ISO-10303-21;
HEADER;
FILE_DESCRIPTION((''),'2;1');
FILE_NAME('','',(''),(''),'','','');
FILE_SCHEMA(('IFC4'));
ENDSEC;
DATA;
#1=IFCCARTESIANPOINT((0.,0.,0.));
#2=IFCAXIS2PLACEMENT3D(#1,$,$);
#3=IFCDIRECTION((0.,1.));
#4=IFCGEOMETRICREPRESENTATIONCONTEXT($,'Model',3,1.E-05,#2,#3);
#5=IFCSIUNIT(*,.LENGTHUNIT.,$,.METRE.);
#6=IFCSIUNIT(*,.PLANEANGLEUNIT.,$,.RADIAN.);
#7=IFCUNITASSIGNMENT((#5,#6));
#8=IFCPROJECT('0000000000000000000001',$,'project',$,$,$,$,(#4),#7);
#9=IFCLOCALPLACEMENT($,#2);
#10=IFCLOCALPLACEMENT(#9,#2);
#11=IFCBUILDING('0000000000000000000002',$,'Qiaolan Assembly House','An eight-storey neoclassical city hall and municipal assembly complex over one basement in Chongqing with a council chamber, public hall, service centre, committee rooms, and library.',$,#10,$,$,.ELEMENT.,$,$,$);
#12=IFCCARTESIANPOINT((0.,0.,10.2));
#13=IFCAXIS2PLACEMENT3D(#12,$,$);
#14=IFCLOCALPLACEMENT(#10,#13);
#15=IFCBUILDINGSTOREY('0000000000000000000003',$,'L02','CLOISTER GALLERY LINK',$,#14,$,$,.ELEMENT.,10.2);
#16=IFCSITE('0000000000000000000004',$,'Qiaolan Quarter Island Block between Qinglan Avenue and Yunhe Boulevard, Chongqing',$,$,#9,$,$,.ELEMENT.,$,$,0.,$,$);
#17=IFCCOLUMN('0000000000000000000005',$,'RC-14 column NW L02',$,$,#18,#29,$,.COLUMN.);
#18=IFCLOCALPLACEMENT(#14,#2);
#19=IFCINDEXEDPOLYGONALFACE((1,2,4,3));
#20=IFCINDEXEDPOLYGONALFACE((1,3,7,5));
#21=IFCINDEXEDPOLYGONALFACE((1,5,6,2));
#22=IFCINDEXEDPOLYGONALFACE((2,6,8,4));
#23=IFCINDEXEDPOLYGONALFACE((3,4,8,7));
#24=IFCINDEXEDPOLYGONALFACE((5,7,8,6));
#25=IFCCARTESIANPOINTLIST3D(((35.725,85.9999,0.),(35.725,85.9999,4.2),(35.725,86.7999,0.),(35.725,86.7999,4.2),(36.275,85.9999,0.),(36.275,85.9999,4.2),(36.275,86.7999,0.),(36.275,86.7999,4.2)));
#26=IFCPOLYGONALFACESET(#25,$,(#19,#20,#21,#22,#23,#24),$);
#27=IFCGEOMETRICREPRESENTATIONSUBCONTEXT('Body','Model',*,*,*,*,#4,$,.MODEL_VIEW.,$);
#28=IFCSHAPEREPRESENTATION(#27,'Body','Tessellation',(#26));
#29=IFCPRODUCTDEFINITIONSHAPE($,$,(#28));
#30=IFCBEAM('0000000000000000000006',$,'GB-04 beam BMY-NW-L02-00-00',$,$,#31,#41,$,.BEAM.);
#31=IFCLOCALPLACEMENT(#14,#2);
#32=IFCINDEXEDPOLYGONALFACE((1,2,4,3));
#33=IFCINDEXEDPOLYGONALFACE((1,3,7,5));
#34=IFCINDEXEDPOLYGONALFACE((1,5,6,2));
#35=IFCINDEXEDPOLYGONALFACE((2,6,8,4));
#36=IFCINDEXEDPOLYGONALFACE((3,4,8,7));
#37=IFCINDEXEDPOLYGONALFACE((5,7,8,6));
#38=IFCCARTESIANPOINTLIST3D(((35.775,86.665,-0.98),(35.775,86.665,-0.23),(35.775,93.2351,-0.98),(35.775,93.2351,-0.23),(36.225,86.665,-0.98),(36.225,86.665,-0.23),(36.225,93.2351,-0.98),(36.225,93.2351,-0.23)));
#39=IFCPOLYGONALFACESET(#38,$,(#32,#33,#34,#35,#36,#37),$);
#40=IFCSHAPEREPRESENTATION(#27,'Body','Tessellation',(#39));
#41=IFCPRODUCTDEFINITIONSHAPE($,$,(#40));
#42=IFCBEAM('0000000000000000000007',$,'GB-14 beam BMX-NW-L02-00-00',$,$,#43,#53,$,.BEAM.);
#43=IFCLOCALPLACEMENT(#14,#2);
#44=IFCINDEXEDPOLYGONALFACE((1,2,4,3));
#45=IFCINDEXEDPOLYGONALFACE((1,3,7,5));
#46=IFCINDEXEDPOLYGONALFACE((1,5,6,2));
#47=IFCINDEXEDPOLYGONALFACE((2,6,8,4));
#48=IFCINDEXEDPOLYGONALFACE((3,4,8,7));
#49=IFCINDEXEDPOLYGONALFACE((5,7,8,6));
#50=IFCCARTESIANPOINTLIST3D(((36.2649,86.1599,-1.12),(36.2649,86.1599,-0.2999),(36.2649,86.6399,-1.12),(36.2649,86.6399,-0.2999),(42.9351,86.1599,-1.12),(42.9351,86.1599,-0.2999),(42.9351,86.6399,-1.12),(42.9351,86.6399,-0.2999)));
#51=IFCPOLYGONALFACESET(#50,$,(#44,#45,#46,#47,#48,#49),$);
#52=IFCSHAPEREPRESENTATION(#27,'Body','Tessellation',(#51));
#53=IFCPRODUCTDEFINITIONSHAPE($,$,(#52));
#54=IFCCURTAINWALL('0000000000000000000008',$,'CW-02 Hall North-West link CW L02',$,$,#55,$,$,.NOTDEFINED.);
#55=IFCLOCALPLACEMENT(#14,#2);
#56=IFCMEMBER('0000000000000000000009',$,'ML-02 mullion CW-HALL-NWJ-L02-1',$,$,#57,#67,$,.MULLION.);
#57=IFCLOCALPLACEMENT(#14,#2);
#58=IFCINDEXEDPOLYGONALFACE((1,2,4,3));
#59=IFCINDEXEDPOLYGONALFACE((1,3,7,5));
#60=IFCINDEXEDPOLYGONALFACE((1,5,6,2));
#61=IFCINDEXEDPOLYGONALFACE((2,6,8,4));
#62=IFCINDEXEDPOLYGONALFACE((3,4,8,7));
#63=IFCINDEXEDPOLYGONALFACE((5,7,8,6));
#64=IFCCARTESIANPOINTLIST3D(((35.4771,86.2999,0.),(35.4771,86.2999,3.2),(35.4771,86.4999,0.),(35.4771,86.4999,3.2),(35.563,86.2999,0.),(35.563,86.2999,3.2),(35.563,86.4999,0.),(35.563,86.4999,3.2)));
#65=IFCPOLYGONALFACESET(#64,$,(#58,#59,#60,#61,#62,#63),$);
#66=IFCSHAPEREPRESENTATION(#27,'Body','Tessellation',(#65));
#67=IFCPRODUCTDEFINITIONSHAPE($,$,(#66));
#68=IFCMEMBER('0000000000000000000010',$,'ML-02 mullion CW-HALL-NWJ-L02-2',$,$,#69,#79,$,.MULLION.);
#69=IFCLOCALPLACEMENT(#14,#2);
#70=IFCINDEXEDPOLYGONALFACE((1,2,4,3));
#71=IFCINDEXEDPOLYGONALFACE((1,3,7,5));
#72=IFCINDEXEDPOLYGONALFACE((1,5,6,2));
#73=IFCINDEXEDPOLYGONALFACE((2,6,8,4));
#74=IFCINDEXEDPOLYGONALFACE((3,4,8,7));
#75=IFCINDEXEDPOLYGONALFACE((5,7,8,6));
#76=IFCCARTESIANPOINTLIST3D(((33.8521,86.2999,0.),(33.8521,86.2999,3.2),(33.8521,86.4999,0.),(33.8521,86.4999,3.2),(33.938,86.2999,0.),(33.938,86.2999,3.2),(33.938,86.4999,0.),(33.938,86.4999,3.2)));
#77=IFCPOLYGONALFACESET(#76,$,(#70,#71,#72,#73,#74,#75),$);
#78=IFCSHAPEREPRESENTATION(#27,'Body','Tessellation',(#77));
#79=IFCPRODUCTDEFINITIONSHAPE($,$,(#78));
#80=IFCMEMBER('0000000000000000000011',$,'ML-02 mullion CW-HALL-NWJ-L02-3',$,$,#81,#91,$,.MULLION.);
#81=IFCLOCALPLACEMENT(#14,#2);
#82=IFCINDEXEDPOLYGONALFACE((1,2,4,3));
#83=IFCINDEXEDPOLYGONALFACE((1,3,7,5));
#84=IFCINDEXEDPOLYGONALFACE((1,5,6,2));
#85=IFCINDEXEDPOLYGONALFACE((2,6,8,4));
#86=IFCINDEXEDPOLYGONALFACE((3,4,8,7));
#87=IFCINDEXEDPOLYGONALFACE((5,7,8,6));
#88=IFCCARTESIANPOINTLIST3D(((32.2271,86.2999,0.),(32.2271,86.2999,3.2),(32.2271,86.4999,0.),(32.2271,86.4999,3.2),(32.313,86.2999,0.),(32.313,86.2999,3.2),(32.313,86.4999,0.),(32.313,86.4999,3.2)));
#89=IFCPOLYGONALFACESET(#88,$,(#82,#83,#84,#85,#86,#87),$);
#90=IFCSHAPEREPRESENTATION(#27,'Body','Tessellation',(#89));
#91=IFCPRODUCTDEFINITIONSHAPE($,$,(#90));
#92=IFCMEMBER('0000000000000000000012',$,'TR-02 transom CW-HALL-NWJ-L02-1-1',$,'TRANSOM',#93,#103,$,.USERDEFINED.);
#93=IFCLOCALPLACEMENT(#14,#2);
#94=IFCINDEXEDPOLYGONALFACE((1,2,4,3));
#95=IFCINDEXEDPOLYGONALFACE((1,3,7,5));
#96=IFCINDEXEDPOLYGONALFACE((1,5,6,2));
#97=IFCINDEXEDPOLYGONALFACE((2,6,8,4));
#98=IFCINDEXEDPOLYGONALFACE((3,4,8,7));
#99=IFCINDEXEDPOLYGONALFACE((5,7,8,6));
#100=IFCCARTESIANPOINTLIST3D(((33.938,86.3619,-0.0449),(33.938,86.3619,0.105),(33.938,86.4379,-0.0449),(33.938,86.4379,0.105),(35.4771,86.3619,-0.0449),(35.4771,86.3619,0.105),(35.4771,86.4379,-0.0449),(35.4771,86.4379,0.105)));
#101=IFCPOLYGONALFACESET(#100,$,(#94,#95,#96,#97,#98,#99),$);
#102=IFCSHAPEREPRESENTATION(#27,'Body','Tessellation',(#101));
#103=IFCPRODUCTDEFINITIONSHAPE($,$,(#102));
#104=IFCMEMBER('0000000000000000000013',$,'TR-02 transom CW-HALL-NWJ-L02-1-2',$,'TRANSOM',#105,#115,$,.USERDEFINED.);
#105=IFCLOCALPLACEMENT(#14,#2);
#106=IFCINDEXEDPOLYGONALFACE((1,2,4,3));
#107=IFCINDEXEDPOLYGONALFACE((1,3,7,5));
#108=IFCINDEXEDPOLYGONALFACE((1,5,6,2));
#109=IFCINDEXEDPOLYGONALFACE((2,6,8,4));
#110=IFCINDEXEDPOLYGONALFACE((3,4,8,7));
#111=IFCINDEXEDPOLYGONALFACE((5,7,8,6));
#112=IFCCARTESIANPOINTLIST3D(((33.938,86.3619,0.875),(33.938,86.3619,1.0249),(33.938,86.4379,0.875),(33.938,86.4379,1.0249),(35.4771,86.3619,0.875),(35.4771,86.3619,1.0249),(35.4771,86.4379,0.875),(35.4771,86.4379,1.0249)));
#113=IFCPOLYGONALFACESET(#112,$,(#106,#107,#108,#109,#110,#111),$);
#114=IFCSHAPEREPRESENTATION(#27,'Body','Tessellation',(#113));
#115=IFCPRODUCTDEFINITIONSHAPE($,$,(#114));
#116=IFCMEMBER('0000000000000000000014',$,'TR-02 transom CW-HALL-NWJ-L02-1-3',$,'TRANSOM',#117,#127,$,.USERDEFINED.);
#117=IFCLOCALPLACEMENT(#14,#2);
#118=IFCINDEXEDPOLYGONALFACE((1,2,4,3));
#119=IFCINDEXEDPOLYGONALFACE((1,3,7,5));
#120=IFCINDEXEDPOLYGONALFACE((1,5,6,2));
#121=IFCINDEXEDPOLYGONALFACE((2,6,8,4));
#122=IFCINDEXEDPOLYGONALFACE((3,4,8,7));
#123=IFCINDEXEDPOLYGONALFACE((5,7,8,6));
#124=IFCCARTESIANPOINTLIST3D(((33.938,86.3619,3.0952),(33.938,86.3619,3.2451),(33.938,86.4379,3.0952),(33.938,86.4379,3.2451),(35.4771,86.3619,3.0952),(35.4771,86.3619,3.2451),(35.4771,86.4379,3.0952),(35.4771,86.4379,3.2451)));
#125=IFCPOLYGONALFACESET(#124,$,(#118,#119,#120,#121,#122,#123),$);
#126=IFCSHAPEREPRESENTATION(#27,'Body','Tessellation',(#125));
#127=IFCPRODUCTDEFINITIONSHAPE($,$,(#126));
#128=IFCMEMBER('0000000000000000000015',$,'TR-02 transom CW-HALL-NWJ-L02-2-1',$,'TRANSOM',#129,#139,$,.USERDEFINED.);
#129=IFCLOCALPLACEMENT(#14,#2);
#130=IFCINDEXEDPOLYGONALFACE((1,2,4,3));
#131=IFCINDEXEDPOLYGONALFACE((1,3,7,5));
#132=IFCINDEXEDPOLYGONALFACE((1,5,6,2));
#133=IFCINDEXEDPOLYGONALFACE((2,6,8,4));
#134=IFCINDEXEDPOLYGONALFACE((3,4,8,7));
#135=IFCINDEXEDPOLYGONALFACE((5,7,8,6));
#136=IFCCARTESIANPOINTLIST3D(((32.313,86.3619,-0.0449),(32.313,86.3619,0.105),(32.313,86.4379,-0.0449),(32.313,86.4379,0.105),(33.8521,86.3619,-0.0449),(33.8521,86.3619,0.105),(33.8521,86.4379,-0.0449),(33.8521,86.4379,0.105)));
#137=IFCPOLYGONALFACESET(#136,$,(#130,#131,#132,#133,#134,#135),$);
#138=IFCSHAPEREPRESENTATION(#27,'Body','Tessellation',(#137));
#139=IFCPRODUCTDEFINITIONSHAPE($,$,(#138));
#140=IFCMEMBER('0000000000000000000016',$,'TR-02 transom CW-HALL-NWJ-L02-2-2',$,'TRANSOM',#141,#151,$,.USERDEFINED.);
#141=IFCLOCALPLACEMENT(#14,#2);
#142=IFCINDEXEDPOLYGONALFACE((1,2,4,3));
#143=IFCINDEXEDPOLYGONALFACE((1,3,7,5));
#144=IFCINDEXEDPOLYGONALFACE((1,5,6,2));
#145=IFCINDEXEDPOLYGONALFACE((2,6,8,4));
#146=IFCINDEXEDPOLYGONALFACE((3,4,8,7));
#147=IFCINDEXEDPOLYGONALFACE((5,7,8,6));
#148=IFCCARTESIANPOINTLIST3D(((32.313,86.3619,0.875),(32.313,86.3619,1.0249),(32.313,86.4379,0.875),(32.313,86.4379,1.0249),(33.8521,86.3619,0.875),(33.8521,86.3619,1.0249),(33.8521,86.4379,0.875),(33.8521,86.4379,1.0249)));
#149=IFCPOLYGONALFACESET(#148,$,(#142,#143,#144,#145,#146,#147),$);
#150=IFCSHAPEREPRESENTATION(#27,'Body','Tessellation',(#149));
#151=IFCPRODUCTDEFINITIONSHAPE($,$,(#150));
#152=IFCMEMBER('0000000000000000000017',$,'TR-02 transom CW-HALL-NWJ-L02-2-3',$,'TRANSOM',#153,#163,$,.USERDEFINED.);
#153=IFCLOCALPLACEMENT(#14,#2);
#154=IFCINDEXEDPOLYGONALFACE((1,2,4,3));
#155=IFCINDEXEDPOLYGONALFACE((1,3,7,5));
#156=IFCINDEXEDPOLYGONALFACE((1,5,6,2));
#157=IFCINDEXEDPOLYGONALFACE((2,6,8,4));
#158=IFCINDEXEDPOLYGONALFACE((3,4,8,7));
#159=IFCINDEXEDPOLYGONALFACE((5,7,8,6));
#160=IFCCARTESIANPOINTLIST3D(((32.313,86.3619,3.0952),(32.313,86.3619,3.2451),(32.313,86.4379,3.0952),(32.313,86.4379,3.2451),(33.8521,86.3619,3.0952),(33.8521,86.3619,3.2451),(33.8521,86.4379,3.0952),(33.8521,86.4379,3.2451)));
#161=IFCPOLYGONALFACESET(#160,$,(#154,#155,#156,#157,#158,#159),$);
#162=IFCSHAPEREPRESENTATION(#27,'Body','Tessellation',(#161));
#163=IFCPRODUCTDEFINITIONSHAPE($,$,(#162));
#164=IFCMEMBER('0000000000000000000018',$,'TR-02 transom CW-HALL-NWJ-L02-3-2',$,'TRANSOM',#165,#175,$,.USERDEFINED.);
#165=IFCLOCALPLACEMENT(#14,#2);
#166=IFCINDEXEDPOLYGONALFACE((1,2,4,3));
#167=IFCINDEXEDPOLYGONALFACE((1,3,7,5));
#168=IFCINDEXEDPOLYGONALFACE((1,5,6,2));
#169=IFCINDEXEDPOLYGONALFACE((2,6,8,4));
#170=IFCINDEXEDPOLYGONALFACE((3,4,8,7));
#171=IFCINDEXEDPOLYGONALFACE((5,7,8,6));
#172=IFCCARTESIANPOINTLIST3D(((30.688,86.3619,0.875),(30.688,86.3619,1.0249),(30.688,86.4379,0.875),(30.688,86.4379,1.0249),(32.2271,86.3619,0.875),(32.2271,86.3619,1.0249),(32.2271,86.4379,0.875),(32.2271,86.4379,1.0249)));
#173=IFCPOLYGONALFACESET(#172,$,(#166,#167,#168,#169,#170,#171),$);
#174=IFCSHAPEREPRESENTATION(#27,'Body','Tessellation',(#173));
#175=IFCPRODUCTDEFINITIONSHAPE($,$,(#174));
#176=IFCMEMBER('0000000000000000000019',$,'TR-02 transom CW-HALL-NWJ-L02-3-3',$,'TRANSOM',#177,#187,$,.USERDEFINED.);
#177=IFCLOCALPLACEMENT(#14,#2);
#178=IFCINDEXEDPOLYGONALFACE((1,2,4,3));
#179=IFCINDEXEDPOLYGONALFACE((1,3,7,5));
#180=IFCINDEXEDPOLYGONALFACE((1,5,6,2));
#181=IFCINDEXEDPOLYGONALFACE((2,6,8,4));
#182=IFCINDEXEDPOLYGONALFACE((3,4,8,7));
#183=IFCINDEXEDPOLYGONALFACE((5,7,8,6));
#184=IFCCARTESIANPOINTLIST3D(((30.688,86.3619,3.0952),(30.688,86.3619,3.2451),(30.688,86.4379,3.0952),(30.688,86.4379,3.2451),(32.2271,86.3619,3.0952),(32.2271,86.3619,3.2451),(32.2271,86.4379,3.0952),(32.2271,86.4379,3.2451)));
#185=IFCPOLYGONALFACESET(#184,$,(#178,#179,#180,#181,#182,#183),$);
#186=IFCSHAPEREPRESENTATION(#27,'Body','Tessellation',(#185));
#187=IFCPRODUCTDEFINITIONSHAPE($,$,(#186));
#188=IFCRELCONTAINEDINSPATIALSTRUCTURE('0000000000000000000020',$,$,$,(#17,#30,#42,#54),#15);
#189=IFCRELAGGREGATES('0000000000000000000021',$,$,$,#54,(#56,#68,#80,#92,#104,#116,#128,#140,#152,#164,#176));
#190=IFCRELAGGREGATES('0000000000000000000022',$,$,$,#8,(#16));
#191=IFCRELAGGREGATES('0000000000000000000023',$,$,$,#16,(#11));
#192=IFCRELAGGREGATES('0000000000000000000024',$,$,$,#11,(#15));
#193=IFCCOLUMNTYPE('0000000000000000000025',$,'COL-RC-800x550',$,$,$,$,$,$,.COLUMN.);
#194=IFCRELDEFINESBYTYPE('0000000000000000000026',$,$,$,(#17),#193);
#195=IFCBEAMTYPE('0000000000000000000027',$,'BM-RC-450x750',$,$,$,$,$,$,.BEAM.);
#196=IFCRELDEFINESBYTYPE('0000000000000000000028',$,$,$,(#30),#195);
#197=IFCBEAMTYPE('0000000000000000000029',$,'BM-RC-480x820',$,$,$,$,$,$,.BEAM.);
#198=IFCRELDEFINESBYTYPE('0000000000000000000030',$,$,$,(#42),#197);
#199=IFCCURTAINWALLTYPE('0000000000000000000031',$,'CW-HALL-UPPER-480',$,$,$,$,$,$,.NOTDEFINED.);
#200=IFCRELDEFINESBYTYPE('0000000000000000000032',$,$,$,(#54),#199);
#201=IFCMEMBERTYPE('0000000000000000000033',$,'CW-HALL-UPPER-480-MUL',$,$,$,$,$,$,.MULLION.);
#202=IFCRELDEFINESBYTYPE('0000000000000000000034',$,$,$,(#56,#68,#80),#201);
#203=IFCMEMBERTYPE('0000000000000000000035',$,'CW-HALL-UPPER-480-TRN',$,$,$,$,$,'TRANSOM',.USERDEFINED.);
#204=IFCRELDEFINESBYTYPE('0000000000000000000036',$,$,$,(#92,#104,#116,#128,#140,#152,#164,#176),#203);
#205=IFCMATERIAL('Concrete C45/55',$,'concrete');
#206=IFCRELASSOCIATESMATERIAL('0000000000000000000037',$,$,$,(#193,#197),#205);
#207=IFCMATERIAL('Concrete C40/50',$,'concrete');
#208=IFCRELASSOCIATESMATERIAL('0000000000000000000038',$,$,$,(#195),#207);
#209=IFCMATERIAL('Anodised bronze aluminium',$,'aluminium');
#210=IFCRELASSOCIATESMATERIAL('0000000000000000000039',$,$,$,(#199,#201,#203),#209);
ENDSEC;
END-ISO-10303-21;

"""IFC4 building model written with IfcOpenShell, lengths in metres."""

from ifc_helpers import new_model, si_unit, direction, frame, origin, origin_2d, place, context, subcontext, project, spatial, rectangle, extrude, material, material_profile, profile_set, type_object, element, aggregate, save


model = new_model("IFC4")

# Units and contexts
model_context = context("Model", 3, precision=1e-05, world=origin(), true_north=direction((0.0, 1.0)))
body_context = subcontext(model_context, "Body", "Model", "MODEL_VIEW")
ifc_project = project(units=[si_unit("LENGTHUNIT", "METRE"), si_unit("PLANEANGLEUNIT", "RADIAN")], contexts=[model_context])

# Site, building, storey
site_placement = place(None, origin())
site = spatial("IfcSite", under=ifc_project, at=site_placement, Name="Qiaolan Quarter Island Block between Qinglan Avenue and Yunhe Boulevard, Chongqing", CompositionType="ELEMENT", RefElevation=0.0)
building_placement = place(site_placement, origin())
building = spatial("IfcBuilding", under=site, at=building_placement, Name="Qiaolan Assembly House", Description="An eight-storey neoclassical city hall and municipal assembly complex over one basement in Chongqing with a council chamber, public hall, service centre, committee rooms, and library.", CompositionType="ELEMENT")
storey_placement = place(building_placement, frame((0.0, 0.0, 10.2)))
storey = spatial("IfcBuildingStorey", under=building, at=storey_placement, Name="L02", Description="CLOISTER GALLERY LINK", CompositionType="ELEMENT", Elevation=10.2)

# Column
ifc_material_1 = material(Name="Concrete C45/55", Category="concrete")
ifc_material_profile_1 = material_profile(ifc_material_1, rectangle(XDim=0.55, YDim=0.8, at=origin_2d()), Name="RC 800x550")
ifc_profile_set_1 = profile_set([ifc_material_profile_1], Name="Concrete C45/55")
column_type = type_object("IfcColumnType", Name="COL-RC-800x550", PredefinedType="COLUMN", material=ifc_profile_set_1)
column_placement = place(storey_placement, frame((36.0, 86.3999, 0.0), z_axis=(0.0, 0.0, 1.0), x_axis=(1.0, 0.0, 0.0)))
element("IfcColumn", 1, at=column_placement, inside=storey, type_object=column_type, Name="RC-14 column NW L02", PredefinedType="COLUMN", context=body_context, shape_type="SweptSolid", body=[
    extrude(rectangle(XDim=0.55, YDim=0.8, at=origin_2d()), origin(), (0.0, 0.0, 1.0), 4.2),
])

# Beams
ifc_material_2 = material(Name="Concrete C40/50", Category="concrete")
ifc_material_profile_2 = material_profile(ifc_material_2, rectangle(XDim=0.45, YDim=0.75, at=origin_2d()), Name="RCB 450x750")
ifc_profile_set_2 = profile_set([ifc_material_profile_2], Name="Concrete C40/50")
beam_type_1 = type_object("IfcBeamType", Name="BM-RC-450x750", PredefinedType="BEAM", material=ifc_profile_set_2)
beam_1_placement = place(storey_placement, frame((36.0, 86.665, -0.605), z_axis=(0.0, 1.0, 0.0), x_axis=(-1.0, 0.0, 0.0)))
element("IfcBeam", 2, at=beam_1_placement, inside=storey, type_object=beam_type_1, Name="GB-04 beam BMY-NW-L02-00-00", PredefinedType="BEAM", context=body_context, shape_type="SweptSolid", body=[
    extrude(rectangle(XDim=0.45, YDim=0.75, at=origin_2d()), origin(), (0.0, 0.0, 1.0), 6.5701),
])
ifc_material_profile_3 = material_profile(ifc_material_1, rectangle(XDim=0.48, YDim=0.8201, at=origin_2d()), Name="RCB 480x820")
ifc_profile_set_3 = profile_set([ifc_material_profile_3], Name="Concrete C45/55")
beam_type_2 = type_object("IfcBeamType", Name="BM-RC-480x820", PredefinedType="BEAM", material=ifc_profile_set_3)
beam_2_placement = place(storey_placement, frame((36.2649, 86.3999, -0.71), z_axis=(1.0, 0.0, 0.0), x_axis=(0.0, 1.0, 0.0)))
element("IfcBeam", 3, at=beam_2_placement, inside=storey, type_object=beam_type_2, Name="GB-14 beam BMX-NW-L02-00-00", PredefinedType="BEAM", context=body_context, shape_type="SweptSolid", body=[
    extrude(rectangle(XDim=0.48, YDim=0.8201, at=origin_2d()), origin(), (0.0, 0.0, 1.0), 6.6702),
])

# Curtain wall, members
ifc_material_3 = material(Name="Anodised bronze aluminium", Category="aluminium")
curtain_wall_type = type_object("IfcCurtainWallType", Name="CW-HALL-UPPER-480", PredefinedType="NOTDEFINED", material=ifc_material_3)
curtain_wall_placement = place(storey_placement, origin())
curtain_wall = element("IfcCurtainWall", 4, at=curtain_wall_placement, inside=storey, type_object=curtain_wall_type, Name="CW-02 Hall North-West link CW L02", PredefinedType="NOTDEFINED")
ifc_material_profile_4 = material_profile(ifc_material_3, rectangle(XDim=0.0859, YDim=0.2, at=origin_2d()), Name="MUL 86x200")
ifc_profile_set_4 = profile_set([ifc_material_profile_4], Name="Anodised bronze aluminium")
member_type_1 = type_object("IfcMemberType", Name="CW-HALL-UPPER-480-MUL", PredefinedType="MULLION", material=ifc_profile_set_4)
member_1_placement = place(storey_placement, frame((35.52, 86.3999, 0.0), z_axis=(0.0, 0.0, 1.0), x_axis=(-1.0, 0.0, 0.0)))
member_1 = element("IfcMember", 5, at=member_1_placement, type_object=member_type_1, Name="ML-02 mullion CW-HALL-NWJ-L02-1", PredefinedType="MULLION", context=body_context, shape_type="SweptSolid", body=[
    extrude(rectangle(XDim=0.0859, YDim=0.2, at=origin_2d()), origin(), (0.0, 0.0, 1.0), 3.2),
])
member_2_placement = place(storey_placement, frame((33.895, 86.3999, 0.0), z_axis=(0.0, 0.0, 1.0), x_axis=(-1.0, 0.0, 0.0)))
member_2 = element("IfcMember", 6, at=member_2_placement, type_object=member_type_1, Name="ML-02 mullion CW-HALL-NWJ-L02-2", PredefinedType="MULLION", context=body_context, shape_type="SweptSolid", body=[
    extrude(rectangle(XDim=0.0859, YDim=0.2, at=origin_2d()), origin(), (0.0, 0.0, 1.0), 3.2),
])
member_3_placement = place(storey_placement, frame((32.27, 86.3999, 0.0), z_axis=(0.0, 0.0, 1.0), x_axis=(-1.0, 0.0, 0.0)))
member_3 = element("IfcMember", 7, at=member_3_placement, type_object=member_type_1, Name="ML-02 mullion CW-HALL-NWJ-L02-3", PredefinedType="MULLION", context=body_context, shape_type="SweptSolid", body=[
    extrude(rectangle(XDim=0.0859, YDim=0.2, at=origin_2d()), origin(), (0.0, 0.0, 1.0), 3.2),
])
ifc_material_profile_5 = material_profile(ifc_material_3, rectangle(XDim=0.0759, YDim=0.1499, at=origin_2d()), Name="TRN 76x150")
ifc_profile_set_5 = profile_set([ifc_material_profile_5], Name="Anodised bronze aluminium")
member_type_2 = type_object("IfcMemberType", Name="CW-HALL-UPPER-480-TRN", ElementType="TRANSOM", PredefinedType="USERDEFINED", material=ifc_profile_set_5)
member_4_placement = place(storey_placement, frame((35.4771, 86.3999, 0.03), z_axis=(-1.0, 0.0, 0.0), x_axis=(0.0, -1.0, 0.0)))
member_4 = element("IfcMember", 8, at=member_4_placement, type_object=member_type_2, Name="TR-02 transom CW-HALL-NWJ-L02-1-1", ObjectType="TRANSOM", PredefinedType="USERDEFINED", context=body_context, shape_type="SweptSolid", body=[
    extrude(rectangle(XDim=0.0759, YDim=0.1499, at=origin_2d()), origin(), (0.0, 0.0, 1.0), 1.5391),
])
member_5_placement = place(storey_placement, frame((35.4771, 86.3999, 0.95), z_axis=(-1.0, 0.0, 0.0), x_axis=(0.0, -1.0, 0.0)))
member_5 = element("IfcMember", 9, at=member_5_placement, type_object=member_type_2, Name="TR-02 transom CW-HALL-NWJ-L02-1-2", ObjectType="TRANSOM", PredefinedType="USERDEFINED", context=body_context, shape_type="SweptSolid", body=[
    extrude(rectangle(XDim=0.0759, YDim=0.1499, at=origin_2d()), origin(), (0.0, 0.0, 1.0), 1.5391),
])
member_6_placement = place(storey_placement, frame((35.4771, 86.3999, 3.1702), z_axis=(-1.0, 0.0, 0.0), x_axis=(0.0, -1.0, 0.0)))
member_6 = element("IfcMember", 10, at=member_6_placement, type_object=member_type_2, Name="TR-02 transom CW-HALL-NWJ-L02-1-3", ObjectType="TRANSOM", PredefinedType="USERDEFINED", context=body_context, shape_type="SweptSolid", body=[
    extrude(rectangle(XDim=0.0759, YDim=0.1499, at=origin_2d()), origin(), (0.0, 0.0, 1.0), 1.5391),
])
member_7_placement = place(storey_placement, frame((33.8521, 86.3999, 0.03), z_axis=(-1.0, 0.0, 0.0), x_axis=(0.0, -1.0, 0.0)))
member_7 = element("IfcMember", 11, at=member_7_placement, type_object=member_type_2, Name="TR-02 transom CW-HALL-NWJ-L02-2-1", ObjectType="TRANSOM", PredefinedType="USERDEFINED", context=body_context, shape_type="SweptSolid", body=[
    extrude(rectangle(XDim=0.0759, YDim=0.1499, at=origin_2d()), origin(), (0.0, 0.0, 1.0), 1.5391),
])
member_8_placement = place(storey_placement, frame((33.8521, 86.3999, 0.95), z_axis=(-1.0, 0.0, 0.0), x_axis=(0.0, -1.0, 0.0)))
member_8 = element("IfcMember", 12, at=member_8_placement, type_object=member_type_2, Name="TR-02 transom CW-HALL-NWJ-L02-2-2", ObjectType="TRANSOM", PredefinedType="USERDEFINED", context=body_context, shape_type="SweptSolid", body=[
    extrude(rectangle(XDim=0.0759, YDim=0.1499, at=origin_2d()), origin(), (0.0, 0.0, 1.0), 1.5391),
])
member_9_placement = place(storey_placement, frame((33.8521, 86.3999, 3.1702), z_axis=(-1.0, 0.0, 0.0), x_axis=(0.0, -1.0, 0.0)))
member_9 = element("IfcMember", 13, at=member_9_placement, type_object=member_type_2, Name="TR-02 transom CW-HALL-NWJ-L02-2-3", ObjectType="TRANSOM", PredefinedType="USERDEFINED", context=body_context, shape_type="SweptSolid", body=[
    extrude(rectangle(XDim=0.0759, YDim=0.1499, at=origin_2d()), origin(), (0.0, 0.0, 1.0), 1.5391),
])
member_10_placement = place(storey_placement, frame((32.2271, 86.3999, 0.95), z_axis=(-1.0, 0.0, 0.0), x_axis=(0.0, -1.0, 0.0)))
member_10 = element("IfcMember", 14, at=member_10_placement, type_object=member_type_2, Name="TR-02 transom CW-HALL-NWJ-L02-3-2", ObjectType="TRANSOM", PredefinedType="USERDEFINED", context=body_context, shape_type="SweptSolid", body=[
    extrude(rectangle(XDim=0.0759, YDim=0.1499, at=origin_2d()), origin(), (0.0, 0.0, 1.0), 1.5391),
])
member_11_placement = place(storey_placement, frame((32.2271, 86.3999, 3.1702), z_axis=(-1.0, 0.0, 0.0), x_axis=(0.0, -1.0, 0.0)))
member_11 = element("IfcMember", 15, at=member_11_placement, type_object=member_type_2, Name="TR-02 transom CW-HALL-NWJ-L02-3-3", ObjectType="TRANSOM", PredefinedType="USERDEFINED", context=body_context, shape_type="SweptSolid", body=[
    extrude(rectangle(XDim=0.0759, YDim=0.1499, at=origin_2d()), origin(), (0.0, 0.0, 1.0), 1.5391),
])

aggregate(curtain_wall, [member_1, member_2, member_3, member_4, member_5, member_6, member_7, member_8, member_9, member_10, member_11])

save(model, "model.ifc")
